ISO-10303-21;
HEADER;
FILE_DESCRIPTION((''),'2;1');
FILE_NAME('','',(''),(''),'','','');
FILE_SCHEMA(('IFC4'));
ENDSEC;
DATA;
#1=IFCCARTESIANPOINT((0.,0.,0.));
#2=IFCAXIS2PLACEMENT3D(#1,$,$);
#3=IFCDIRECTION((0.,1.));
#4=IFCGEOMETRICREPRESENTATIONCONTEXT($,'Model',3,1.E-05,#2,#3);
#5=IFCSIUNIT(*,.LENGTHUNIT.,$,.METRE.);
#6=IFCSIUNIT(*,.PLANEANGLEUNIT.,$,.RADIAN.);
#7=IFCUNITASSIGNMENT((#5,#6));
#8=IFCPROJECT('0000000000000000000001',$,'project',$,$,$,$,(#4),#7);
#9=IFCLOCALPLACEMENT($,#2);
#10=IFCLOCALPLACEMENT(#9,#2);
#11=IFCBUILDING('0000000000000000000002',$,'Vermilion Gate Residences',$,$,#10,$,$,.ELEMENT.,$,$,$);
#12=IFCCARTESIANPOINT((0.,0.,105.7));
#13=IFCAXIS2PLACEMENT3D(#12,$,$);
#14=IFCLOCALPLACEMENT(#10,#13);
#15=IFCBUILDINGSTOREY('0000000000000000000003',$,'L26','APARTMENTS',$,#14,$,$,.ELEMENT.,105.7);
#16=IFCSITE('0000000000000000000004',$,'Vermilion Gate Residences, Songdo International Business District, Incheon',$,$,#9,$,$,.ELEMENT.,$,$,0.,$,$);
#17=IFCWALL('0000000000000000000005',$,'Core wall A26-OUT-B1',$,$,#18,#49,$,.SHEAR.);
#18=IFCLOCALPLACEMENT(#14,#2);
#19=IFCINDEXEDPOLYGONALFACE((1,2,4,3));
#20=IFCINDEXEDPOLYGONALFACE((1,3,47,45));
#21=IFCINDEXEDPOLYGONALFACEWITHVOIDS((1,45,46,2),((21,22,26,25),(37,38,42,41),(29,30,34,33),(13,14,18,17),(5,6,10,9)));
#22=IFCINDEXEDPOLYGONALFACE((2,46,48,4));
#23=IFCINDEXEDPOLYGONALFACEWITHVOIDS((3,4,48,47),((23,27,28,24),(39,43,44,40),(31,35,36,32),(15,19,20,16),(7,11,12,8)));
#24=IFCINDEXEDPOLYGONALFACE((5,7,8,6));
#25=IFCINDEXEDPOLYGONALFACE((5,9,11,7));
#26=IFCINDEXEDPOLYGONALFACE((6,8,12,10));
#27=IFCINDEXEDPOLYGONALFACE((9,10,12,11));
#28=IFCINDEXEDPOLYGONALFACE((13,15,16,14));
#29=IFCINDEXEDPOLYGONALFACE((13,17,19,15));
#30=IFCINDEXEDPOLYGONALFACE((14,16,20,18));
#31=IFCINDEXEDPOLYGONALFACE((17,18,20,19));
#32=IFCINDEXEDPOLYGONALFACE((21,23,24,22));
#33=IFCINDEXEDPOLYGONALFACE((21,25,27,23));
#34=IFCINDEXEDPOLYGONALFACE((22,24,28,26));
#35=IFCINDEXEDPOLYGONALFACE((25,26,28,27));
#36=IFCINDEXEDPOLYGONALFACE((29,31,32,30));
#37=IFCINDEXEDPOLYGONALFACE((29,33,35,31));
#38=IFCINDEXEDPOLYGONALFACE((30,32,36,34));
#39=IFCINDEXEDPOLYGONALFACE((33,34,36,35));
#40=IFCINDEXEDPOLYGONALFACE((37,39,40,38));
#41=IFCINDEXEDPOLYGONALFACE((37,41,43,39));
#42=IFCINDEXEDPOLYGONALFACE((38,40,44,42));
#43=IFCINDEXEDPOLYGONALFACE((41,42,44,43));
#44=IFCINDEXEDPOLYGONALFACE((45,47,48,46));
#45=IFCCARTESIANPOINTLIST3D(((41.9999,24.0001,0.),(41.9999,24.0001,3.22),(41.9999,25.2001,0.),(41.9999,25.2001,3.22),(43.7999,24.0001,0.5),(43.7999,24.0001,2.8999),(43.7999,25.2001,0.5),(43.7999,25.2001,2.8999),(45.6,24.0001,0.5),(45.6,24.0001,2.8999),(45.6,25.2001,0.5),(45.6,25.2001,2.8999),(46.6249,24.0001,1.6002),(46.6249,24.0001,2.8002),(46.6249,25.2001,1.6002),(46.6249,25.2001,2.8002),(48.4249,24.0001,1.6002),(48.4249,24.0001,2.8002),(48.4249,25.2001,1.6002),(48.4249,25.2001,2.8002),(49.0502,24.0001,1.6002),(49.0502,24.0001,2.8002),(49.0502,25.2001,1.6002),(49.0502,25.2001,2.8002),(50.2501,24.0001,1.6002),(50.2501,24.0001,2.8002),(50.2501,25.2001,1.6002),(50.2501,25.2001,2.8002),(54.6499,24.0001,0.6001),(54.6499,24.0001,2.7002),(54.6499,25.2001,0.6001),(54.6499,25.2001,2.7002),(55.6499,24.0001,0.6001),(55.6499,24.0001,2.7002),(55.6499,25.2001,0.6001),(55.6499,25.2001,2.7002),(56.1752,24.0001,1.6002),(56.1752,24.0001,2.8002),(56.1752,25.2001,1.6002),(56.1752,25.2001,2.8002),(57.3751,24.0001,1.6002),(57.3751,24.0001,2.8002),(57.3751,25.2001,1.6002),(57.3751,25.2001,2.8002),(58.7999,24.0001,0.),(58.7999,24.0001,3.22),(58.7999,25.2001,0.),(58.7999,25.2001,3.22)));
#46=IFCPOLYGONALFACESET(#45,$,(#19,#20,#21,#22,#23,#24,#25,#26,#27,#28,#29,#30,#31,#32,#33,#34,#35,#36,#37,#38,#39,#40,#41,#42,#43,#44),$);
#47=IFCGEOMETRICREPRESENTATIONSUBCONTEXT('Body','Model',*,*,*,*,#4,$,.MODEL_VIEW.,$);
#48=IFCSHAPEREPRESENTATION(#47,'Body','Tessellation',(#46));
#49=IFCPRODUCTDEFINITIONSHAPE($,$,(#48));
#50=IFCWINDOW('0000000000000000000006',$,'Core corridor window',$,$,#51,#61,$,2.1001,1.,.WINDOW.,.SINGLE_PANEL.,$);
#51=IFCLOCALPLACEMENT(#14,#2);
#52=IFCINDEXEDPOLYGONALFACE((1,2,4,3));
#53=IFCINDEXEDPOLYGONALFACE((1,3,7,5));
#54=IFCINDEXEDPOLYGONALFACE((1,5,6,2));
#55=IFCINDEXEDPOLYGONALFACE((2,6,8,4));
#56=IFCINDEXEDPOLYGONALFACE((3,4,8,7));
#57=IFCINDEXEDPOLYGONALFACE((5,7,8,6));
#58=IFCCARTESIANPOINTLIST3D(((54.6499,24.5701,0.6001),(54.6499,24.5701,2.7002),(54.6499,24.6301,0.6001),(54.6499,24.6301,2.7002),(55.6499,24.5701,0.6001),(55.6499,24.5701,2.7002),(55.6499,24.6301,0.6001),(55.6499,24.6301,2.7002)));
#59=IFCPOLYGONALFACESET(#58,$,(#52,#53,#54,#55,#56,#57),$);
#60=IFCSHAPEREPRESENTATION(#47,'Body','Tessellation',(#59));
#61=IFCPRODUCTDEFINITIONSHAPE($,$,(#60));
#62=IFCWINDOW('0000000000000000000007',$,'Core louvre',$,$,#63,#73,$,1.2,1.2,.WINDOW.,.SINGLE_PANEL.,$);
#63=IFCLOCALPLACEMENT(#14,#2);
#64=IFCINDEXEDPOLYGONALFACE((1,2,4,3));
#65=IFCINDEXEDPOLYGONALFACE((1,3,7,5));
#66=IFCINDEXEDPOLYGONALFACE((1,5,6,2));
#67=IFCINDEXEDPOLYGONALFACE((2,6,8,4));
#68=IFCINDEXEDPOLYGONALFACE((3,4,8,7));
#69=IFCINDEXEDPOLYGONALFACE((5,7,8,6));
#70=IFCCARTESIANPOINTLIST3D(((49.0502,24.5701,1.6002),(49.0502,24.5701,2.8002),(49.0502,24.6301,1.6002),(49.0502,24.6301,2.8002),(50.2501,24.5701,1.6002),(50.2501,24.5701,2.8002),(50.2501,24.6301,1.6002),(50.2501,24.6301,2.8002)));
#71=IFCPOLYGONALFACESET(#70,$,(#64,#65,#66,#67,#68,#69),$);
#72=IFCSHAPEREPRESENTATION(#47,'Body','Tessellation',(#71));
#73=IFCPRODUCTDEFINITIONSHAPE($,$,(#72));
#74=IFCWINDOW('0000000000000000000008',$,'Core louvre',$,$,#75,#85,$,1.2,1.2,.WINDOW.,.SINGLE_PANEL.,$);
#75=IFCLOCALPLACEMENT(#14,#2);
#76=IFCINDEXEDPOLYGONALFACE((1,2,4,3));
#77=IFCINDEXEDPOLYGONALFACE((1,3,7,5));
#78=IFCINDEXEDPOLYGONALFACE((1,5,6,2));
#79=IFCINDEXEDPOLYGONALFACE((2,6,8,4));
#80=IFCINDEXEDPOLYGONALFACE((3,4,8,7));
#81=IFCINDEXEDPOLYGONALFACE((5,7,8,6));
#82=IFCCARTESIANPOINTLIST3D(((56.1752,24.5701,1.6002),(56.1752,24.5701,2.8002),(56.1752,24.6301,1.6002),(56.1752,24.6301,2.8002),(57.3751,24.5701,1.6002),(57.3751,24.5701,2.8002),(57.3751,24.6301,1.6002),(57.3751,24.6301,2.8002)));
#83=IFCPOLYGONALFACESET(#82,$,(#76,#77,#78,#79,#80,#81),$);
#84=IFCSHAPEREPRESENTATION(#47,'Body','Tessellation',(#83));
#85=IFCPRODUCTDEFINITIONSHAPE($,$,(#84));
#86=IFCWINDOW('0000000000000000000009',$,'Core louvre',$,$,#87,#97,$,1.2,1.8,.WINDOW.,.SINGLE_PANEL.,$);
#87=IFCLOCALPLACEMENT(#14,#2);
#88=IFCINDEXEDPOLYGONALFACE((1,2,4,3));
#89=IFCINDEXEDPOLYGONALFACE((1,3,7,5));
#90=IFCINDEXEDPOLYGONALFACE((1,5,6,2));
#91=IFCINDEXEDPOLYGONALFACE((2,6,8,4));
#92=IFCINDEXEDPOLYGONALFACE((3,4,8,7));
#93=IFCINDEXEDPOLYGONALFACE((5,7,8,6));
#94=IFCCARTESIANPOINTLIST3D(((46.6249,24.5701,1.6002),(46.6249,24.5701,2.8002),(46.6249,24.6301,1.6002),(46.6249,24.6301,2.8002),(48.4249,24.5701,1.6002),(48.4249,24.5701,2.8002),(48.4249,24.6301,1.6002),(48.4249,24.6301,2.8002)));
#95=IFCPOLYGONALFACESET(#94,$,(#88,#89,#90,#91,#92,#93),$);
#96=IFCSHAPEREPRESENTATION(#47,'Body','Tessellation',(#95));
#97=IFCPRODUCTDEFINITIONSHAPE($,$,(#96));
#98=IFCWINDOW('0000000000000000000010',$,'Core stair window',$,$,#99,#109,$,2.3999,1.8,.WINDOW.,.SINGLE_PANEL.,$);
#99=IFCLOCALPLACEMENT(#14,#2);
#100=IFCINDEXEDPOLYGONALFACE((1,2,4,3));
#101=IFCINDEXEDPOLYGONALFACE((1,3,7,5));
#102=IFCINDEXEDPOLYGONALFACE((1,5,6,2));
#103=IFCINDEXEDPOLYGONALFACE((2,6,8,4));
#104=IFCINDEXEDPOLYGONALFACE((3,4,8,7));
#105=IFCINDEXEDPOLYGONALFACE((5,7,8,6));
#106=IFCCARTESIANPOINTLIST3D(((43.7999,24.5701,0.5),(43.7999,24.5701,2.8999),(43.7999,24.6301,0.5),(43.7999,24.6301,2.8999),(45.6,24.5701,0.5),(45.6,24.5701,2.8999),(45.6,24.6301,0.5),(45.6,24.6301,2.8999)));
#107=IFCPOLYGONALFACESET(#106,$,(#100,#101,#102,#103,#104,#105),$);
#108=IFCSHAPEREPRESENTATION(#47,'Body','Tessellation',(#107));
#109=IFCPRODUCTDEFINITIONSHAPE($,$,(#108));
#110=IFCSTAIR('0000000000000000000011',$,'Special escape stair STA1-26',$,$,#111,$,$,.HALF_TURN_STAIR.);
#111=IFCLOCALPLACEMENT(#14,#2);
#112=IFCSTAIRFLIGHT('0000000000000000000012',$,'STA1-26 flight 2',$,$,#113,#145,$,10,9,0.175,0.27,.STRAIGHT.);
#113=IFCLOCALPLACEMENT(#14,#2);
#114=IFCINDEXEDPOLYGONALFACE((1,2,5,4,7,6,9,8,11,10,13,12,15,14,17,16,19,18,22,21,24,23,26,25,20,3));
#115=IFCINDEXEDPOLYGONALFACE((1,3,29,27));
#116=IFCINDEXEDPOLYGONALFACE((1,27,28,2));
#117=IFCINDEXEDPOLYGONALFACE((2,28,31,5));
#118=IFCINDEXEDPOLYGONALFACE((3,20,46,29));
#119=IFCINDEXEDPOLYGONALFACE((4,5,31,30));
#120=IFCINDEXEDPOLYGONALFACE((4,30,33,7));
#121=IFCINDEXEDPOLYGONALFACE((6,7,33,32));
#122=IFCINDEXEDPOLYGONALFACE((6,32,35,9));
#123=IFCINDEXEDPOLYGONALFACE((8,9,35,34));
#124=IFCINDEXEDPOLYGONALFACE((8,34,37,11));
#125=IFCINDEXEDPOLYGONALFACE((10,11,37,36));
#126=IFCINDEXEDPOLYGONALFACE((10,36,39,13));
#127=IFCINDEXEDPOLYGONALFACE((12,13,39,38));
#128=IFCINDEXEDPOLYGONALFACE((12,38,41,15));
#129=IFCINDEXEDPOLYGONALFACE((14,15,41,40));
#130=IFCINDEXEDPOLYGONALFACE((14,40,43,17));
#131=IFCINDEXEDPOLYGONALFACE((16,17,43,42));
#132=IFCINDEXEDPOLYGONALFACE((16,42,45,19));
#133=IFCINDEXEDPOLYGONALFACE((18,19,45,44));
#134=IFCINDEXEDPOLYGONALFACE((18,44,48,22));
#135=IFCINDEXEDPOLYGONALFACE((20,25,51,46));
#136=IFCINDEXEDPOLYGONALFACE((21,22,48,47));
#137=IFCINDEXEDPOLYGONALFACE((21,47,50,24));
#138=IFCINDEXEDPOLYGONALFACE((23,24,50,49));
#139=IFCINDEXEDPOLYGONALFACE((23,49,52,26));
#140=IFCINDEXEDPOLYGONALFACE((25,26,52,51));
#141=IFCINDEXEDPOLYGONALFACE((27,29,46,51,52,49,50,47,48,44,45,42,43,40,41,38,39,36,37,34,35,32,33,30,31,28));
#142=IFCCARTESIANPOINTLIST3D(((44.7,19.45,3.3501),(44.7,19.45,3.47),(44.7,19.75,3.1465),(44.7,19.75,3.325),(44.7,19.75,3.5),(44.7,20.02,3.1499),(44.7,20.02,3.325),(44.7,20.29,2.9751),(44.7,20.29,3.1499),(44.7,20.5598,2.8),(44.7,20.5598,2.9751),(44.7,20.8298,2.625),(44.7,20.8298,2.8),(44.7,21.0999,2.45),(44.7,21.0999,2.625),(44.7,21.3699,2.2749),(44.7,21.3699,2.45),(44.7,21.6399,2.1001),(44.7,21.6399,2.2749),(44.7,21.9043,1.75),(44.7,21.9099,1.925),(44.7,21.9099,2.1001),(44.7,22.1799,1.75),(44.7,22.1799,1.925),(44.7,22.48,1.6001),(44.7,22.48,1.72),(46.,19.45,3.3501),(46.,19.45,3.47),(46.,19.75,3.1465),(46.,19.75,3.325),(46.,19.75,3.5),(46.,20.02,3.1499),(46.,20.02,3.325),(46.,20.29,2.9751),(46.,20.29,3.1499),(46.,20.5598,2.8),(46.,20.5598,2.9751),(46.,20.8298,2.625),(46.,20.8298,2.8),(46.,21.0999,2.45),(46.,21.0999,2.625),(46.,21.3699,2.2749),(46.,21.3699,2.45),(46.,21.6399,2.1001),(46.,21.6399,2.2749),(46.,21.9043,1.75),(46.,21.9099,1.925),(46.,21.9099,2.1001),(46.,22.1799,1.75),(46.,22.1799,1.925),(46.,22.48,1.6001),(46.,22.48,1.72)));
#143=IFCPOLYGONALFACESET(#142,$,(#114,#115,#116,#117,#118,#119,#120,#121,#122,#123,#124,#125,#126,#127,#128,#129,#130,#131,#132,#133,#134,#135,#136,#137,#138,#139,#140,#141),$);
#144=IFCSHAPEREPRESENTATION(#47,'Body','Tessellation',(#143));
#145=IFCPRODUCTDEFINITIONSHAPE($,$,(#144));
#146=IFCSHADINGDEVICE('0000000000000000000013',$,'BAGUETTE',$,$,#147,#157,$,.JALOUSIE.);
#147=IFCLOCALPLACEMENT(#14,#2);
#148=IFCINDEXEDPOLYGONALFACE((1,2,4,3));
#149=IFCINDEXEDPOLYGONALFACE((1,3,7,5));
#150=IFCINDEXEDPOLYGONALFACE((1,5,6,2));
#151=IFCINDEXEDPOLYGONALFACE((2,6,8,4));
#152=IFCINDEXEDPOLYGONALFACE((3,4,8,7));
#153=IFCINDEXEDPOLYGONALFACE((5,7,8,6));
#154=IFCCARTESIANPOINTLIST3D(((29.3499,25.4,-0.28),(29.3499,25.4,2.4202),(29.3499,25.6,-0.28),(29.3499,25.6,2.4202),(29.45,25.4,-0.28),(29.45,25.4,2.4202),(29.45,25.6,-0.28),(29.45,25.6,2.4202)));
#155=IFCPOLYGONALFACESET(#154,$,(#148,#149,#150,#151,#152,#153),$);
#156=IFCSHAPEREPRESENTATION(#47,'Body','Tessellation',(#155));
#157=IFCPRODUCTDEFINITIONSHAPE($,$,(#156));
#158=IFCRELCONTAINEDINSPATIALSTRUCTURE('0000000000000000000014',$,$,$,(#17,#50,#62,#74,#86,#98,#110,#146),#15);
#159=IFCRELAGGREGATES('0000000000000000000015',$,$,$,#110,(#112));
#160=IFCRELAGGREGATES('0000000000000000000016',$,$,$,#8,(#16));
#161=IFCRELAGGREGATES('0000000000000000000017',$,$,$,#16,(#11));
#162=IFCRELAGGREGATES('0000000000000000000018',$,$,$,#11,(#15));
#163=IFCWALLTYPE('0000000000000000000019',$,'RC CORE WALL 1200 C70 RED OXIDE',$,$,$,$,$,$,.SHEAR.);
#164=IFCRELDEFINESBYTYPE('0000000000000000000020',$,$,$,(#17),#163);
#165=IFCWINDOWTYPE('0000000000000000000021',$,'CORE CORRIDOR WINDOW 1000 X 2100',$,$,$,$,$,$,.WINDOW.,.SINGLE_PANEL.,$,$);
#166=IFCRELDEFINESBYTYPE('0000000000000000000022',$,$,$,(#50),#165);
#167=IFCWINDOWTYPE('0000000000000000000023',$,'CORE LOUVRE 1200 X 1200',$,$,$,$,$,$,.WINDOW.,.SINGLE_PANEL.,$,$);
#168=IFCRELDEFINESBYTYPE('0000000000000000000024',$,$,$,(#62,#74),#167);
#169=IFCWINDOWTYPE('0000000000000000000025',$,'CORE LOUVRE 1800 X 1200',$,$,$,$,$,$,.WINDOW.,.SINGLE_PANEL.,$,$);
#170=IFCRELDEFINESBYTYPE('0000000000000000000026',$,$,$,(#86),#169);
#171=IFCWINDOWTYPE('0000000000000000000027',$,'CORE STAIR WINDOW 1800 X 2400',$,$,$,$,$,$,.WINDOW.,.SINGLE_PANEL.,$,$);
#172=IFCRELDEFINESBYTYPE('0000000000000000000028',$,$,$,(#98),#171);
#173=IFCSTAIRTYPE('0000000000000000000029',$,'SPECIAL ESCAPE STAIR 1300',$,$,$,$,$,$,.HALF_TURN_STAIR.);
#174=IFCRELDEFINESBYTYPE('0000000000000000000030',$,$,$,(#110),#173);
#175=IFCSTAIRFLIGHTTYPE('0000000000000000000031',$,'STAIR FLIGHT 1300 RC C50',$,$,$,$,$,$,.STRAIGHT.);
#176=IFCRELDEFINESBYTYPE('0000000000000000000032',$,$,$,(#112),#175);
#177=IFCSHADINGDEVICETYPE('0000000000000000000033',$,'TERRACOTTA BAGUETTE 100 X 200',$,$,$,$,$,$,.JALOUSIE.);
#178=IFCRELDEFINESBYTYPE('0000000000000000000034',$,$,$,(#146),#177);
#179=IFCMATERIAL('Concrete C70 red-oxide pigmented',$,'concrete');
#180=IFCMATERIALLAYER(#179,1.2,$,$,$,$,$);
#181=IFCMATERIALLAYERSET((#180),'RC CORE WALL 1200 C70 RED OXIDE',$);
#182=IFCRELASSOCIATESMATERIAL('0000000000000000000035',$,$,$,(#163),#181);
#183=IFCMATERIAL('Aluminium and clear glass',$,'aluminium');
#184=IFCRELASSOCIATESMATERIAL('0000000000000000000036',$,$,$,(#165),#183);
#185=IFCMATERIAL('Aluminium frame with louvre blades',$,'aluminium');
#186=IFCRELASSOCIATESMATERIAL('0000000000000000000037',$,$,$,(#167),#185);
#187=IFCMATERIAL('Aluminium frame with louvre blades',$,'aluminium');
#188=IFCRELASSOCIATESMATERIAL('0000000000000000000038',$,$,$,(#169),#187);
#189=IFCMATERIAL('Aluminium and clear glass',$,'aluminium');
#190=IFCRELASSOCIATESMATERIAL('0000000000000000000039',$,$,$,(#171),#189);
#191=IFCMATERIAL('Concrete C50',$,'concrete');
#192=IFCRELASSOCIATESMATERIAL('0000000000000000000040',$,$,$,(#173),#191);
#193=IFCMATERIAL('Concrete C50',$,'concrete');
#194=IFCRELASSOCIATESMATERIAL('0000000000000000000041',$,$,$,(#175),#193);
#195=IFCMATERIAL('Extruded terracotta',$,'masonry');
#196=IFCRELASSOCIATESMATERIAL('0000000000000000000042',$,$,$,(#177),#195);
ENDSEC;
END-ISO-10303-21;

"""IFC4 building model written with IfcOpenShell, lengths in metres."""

from ifc_helpers import new_model, si_unit, direction, frame, frame_2d, origin, origin_2d, place, context, subcontext, project, spatial, polyline, rectangle, outline, extrude, material, layer, layer_set, material_profile, profile_set, type_object, element, fill, aggregate, save


model = new_model("IFC4")

# Units and contexts
model_context = context("Model", 3, precision=1e-05, world=origin(), true_north=direction((0.0, 1.0)))
body_context = subcontext(model_context, "Body", "Model", "MODEL_VIEW")
ifc_project = project(units=[si_unit("LENGTHUNIT", "METRE"), si_unit("PLANEANGLEUNIT", "RADIAN")], contexts=[model_context])

# Site, building, storey
site_placement = place(None, origin())
site = spatial("IfcSite", under=ifc_project, at=site_placement, Name="Vermilion Gate Residences, Songdo International Business District, Incheon", CompositionType="ELEMENT", RefElevation=0.0)
building_placement = place(site_placement, origin())
building = spatial("IfcBuilding", under=site, at=building_placement, Name="Vermilion Gate Residences", CompositionType="ELEMENT")
storey_placement = place(building_placement, frame((0.0, 0.0, 105.7)))
storey = spatial("IfcBuildingStorey", under=building, at=storey_placement, Name="L26", Description="APARTMENTS", CompositionType="ELEMENT", Elevation=105.7)

# Wall, openings, windows
ifc_material_1 = material(Name="Concrete C70 red-oxide pigmented", Category="concrete")
ifc_layer_1 = layer(ifc_material_1, 1.2)
ifc_layer_set_1 = layer_set([ifc_layer_1], Name="RC CORE WALL 1200 C70 RED OXIDE")
wall_type_1 = type_object("IfcWallType", Name="RC CORE WALL 1200 C70 RED OXIDE", PredefinedType="SHEAR", material=ifc_layer_set_1)
wall_1_placement = place(storey_placement, frame((42.0, 24.6001, 0.0), z_axis=(0.0, 0.0, 1.0), x_axis=(1.0, 0.0, 0.0)))
wall_1 = element("IfcWall", 1, at=wall_1_placement, inside=storey, type_object=wall_type_1, Name="Core wall A26-OUT-B1", PredefinedType="SHEAR", context=body_context, shape_type="SweptSolid", body=[
    extrude(rectangle(XDim=16.8, YDim=1.2, at=frame_2d((8.3999, 0.0))), origin(), (0.0, 0.0, 1.0), 3.22),
])
opening_1_placement = place(wall_1_placement, frame((1.8, 0.0, 0.5)))
opening_1 = element("IfcOpeningElement", 2, at=opening_1_placement, cuts=wall_1, PredefinedType="OPENING", context=body_context, shape_type="SweptSolid", body=[
    extrude(rectangle(XDim=1.8, YDim=2.3999, at=frame_2d((0.8999, 1.2))), frame((0.0, 0.6099, 0.0), z_axis=(0.0, -1.0, 0.0), x_axis=(1.0, 0.0, 0.0)), (0.0, 0.0, 1.0), 1.22),
])
opening_2_placement = place(wall_1_placement, frame((4.625, 0.0, 1.6001)))
opening_2 = element("IfcOpeningElement", 3, at=opening_2_placement, cuts=wall_1, PredefinedType="OPENING", context=body_context, shape_type="SweptSolid", body=[
    extrude(rectangle(XDim=1.8, YDim=1.2, at=frame_2d((0.8999, 0.6001))), frame((0.0, 0.6099, 0.0), z_axis=(0.0, -1.0, 0.0), x_axis=(1.0, 0.0, 0.0)), (0.0, 0.0, 1.0), 1.22),
])
opening_3_placement = place(wall_1_placement, frame((7.05, 0.0, 1.6001)))
opening_3 = element("IfcOpeningElement", 4, at=opening_3_placement, cuts=wall_1, PredefinedType="OPENING", context=body_context, shape_type="SweptSolid", body=[
    extrude(rectangle(XDim=1.2, YDim=1.2, at=frame_2d((0.6001, 0.6001))), frame((0.0, 0.6099, 0.0), z_axis=(0.0, -1.0, 0.0), x_axis=(1.0, 0.0, 0.0)), (0.0, 0.0, 1.0), 1.22),
])
opening_4_placement = place(wall_1_placement, frame((12.6499, 0.0, 0.6001)))
opening_4 = element("IfcOpeningElement", 5, at=opening_4_placement, cuts=wall_1, PredefinedType="OPENING", context=body_context, shape_type="SweptSolid", body=[
    extrude(rectangle(XDim=1.0, YDim=2.1001, at=frame_2d((0.5, 1.05))), frame((0.0, 0.6099, 0.0), z_axis=(0.0, -1.0, 0.0), x_axis=(1.0, 0.0, 0.0)), (0.0, 0.0, 1.0), 1.22),
])
opening_5_placement = place(wall_1_placement, frame((14.175, 0.0, 1.6001)))
opening_5 = element("IfcOpeningElement", 6, at=opening_5_placement, cuts=wall_1, PredefinedType="OPENING", context=body_context, shape_type="SweptSolid", body=[
    extrude(rectangle(XDim=1.2, YDim=1.2, at=frame_2d((0.6001, 0.6001))), frame((0.0, 0.6099, 0.0), z_axis=(0.0, -1.0, 0.0), x_axis=(1.0, 0.0, 0.0)), (0.0, 0.0, 1.0), 1.22),
])
ifc_material_2 = material(Name="Aluminium and clear glass", Category="aluminium")
window_type_1 = type_object("IfcWindowType", Name="CORE CORRIDOR WINDOW 1000 X 2100", PartitioningType="SINGLE_PANEL", PredefinedType="WINDOW", material=ifc_material_2)
window_1_placement = place(opening_4_placement, origin())
window_1 = element("IfcWindow", 7, at=window_1_placement, inside=storey, type_object=window_type_1, Name="Core corridor window", OverallHeight=2.1001, OverallWidth=1.0, PartitioningType="SINGLE_PANEL", PredefinedType="WINDOW", context=body_context, shape_type="SweptSolid", body=[
    extrude(rectangle(XDim=1.0, YDim=2.1001, at=frame_2d((0.5, 1.05))), frame((0.0, 0.03, 0.0), z_axis=(0.0, -1.0, 0.0), x_axis=(1.0, 0.0, 0.0)), (0.0, 0.0, 1.0), 0.0601),
])
fill(opening_4, window_1)
ifc_material_3 = material(Name="Aluminium frame with louvre blades", Category="aluminium")
window_type_2 = type_object("IfcWindowType", Name="CORE LOUVRE 1200 X 1200", PartitioningType="SINGLE_PANEL", PredefinedType="WINDOW", material=ifc_material_3)
window_2_placement = place(opening_3_placement, origin())
window_2 = element("IfcWindow", 8, at=window_2_placement, inside=storey, type_object=window_type_2, Name="Core louvre", OverallHeight=1.2, OverallWidth=1.2, PartitioningType="SINGLE_PANEL", PredefinedType="WINDOW", context=body_context, shape_type="SweptSolid", body=[
    extrude(rectangle(XDim=1.2, YDim=1.2, at=frame_2d((0.6001, 0.6001))), frame((0.0, 0.03, 0.0), z_axis=(0.0, -1.0, 0.0), x_axis=(1.0, 0.0, 0.0)), (0.0, 0.0, 1.0), 0.0601),
])
fill(opening_3, window_2)
window_3_placement = place(opening_5_placement, origin())
window_3 = element("IfcWindow", 9, at=window_3_placement, inside=storey, type_object=window_type_2, Name="Core louvre", OverallHeight=1.2, OverallWidth=1.2, PartitioningType="SINGLE_PANEL", PredefinedType="WINDOW", context=body_context, shape_type="SweptSolid", body=[
    extrude(rectangle(XDim=1.2, YDim=1.2, at=frame_2d((0.6001, 0.6001))), frame((0.0, 0.03, 0.0), z_axis=(0.0, -1.0, 0.0), x_axis=(1.0, 0.0, 0.0)), (0.0, 0.0, 1.0), 0.0601),
])
fill(opening_5, window_3)
ifc_material_4 = material(Name="Aluminium frame with louvre blades", Category="aluminium")
window_type_3 = type_object("IfcWindowType", Name="CORE LOUVRE 1800 X 1200", PartitioningType="SINGLE_PANEL", PredefinedType="WINDOW", material=ifc_material_4)
window_4_placement = place(opening_2_placement, origin())
window_4 = element("IfcWindow", 10, at=window_4_placement, inside=storey, type_object=window_type_3, Name="Core louvre", OverallHeight=1.2, OverallWidth=1.8, PartitioningType="SINGLE_PANEL", PredefinedType="WINDOW", context=body_context, shape_type="SweptSolid", body=[
    extrude(rectangle(XDim=1.8, YDim=1.2, at=frame_2d((0.8999, 0.6001))), frame((0.0, 0.03, 0.0), z_axis=(0.0, -1.0, 0.0), x_axis=(1.0, 0.0, 0.0)), (0.0, 0.0, 1.0), 0.0601),
])
fill(opening_2, window_4)
ifc_material_5 = material(Name="Aluminium and clear glass", Category="aluminium")
window_type_4 = type_object("IfcWindowType", Name="CORE STAIR WINDOW 1800 X 2400", PartitioningType="SINGLE_PANEL", PredefinedType="WINDOW", material=ifc_material_5)
window_5_placement = place(opening_1_placement, origin())
window_5 = element("IfcWindow", 11, at=window_5_placement, inside=storey, type_object=window_type_4, Name="Core stair window", OverallHeight=2.3999, OverallWidth=1.8, PartitioningType="SINGLE_PANEL", PredefinedType="WINDOW", context=body_context, shape_type="SweptSolid", body=[
    extrude(rectangle(XDim=1.8, YDim=2.3999, at=frame_2d((0.8999, 1.2))), frame((0.0, 0.03, 0.0), z_axis=(0.0, -1.0, 0.0), x_axis=(1.0, 0.0, 0.0)), (0.0, 0.0, 1.0), 0.0601),
])
fill(opening_1, window_5)

# Stair, stair flight
ifc_material_6 = material(Name="Concrete C50", Category="concrete")
stair_type = type_object("IfcStairType", Name="SPECIAL ESCAPE STAIR 1300", PredefinedType="HALF_TURN_STAIR", material=ifc_material_6)
stair_placement = place(storey_placement, origin())
stair = element("IfcStair", 12, at=stair_placement, inside=storey, type_object=stair_type, Name="Special escape stair STA1-26", PredefinedType="HALF_TURN_STAIR")
ifc_material_7 = material(Name="Concrete C50", Category="concrete")
stair_flight_type = type_object("IfcStairFlightType", Name="STAIR FLIGHT 1300 RC C50", PredefinedType="STRAIGHT", material=ifc_material_7)
stair_flight_placement = place(storey_placement, frame((45.3501, 22.1799, 1.75), z_axis=(0.0, 0.0, 1.0), x_axis=(0.0, -1.0, 0.0)))
stair_flight = element("IfcStairFlight", 13, at=stair_flight_placement, type_object=stair_flight_type, Name="STA1-26 flight 2", NumberOfRisers=10, NumberOfTreads=9, PredefinedType="STRAIGHT", RiserHeight=0.175, TreadLength=0.27, context=body_context, shape_type="SweptSolid", body=[
    extrude(outline(polyline([(-0.3, -0.1499), (-0.3, -0.03), (0.0, 0.0), (0.0, 0.175), (0.27, 0.175), (0.27, 0.3501), (0.54, 0.3501), (0.54, 0.5249), (0.8101, 0.5249), (0.8101, 0.7), (1.0801, 0.7), (1.0801, 0.875), (1.3501, 0.875), (1.3501, 1.05), (1.6201, 1.05), (1.6201, 1.2251), (1.8899, 1.2251), (1.8899, 1.3999), (2.1599, 1.3999), (2.1599, 1.575), (2.4299, 1.575), (2.4299, 1.75), (2.73, 1.72), (2.73, 1.6001), (2.4299, 1.3965), (0.2756, 0.0), (-0.3, -0.1499)])), frame((0.0, 0.6499, 0.0), z_axis=(0.0, -1.0, 0.0), x_axis=(1.0, 0.0, 0.0)), (0.0, 0.0, 1.0), 1.3),
])
aggregate(stair, [stair_flight])

# Shading device
ifc_material_8 = material(Name="Extruded terracotta", Category="masonry")
ifc_material_profile_1 = material_profile(ifc_material_8, rectangle(XDim=0.2, YDim=0.1001, at=origin_2d()), Name="BAGUETTE 100 X 200")
ifc_profile_set_1 = profile_set([ifc_material_profile_1], Name="Extruded terracotta")
shading_device_type_1 = type_object("IfcShadingDeviceType", Name="TERRACOTTA BAGUETTE 100 X 200", PredefinedType="JALOUSIE", material=ifc_profile_set_1)
shading_device_1_placement = place(storey_placement, frame((29.3999, 25.5, -0.28), z_axis=(0.0, 0.0, 1.0), x_axis=(0.0, -1.0, 0.0)))
element("IfcShadingDevice", 14, at=shading_device_1_placement, inside=storey, type_object=shading_device_type_1, Name="BAGUETTE", PredefinedType="JALOUSIE", context=body_context, shape_type="SweptSolid", body=[
    extrude(rectangle(XDim=0.2, YDim=0.1001, at=origin_2d()), origin(), (0.0, 0.0, 1.0), 2.7002),
])

save(model, "model.ifc")
